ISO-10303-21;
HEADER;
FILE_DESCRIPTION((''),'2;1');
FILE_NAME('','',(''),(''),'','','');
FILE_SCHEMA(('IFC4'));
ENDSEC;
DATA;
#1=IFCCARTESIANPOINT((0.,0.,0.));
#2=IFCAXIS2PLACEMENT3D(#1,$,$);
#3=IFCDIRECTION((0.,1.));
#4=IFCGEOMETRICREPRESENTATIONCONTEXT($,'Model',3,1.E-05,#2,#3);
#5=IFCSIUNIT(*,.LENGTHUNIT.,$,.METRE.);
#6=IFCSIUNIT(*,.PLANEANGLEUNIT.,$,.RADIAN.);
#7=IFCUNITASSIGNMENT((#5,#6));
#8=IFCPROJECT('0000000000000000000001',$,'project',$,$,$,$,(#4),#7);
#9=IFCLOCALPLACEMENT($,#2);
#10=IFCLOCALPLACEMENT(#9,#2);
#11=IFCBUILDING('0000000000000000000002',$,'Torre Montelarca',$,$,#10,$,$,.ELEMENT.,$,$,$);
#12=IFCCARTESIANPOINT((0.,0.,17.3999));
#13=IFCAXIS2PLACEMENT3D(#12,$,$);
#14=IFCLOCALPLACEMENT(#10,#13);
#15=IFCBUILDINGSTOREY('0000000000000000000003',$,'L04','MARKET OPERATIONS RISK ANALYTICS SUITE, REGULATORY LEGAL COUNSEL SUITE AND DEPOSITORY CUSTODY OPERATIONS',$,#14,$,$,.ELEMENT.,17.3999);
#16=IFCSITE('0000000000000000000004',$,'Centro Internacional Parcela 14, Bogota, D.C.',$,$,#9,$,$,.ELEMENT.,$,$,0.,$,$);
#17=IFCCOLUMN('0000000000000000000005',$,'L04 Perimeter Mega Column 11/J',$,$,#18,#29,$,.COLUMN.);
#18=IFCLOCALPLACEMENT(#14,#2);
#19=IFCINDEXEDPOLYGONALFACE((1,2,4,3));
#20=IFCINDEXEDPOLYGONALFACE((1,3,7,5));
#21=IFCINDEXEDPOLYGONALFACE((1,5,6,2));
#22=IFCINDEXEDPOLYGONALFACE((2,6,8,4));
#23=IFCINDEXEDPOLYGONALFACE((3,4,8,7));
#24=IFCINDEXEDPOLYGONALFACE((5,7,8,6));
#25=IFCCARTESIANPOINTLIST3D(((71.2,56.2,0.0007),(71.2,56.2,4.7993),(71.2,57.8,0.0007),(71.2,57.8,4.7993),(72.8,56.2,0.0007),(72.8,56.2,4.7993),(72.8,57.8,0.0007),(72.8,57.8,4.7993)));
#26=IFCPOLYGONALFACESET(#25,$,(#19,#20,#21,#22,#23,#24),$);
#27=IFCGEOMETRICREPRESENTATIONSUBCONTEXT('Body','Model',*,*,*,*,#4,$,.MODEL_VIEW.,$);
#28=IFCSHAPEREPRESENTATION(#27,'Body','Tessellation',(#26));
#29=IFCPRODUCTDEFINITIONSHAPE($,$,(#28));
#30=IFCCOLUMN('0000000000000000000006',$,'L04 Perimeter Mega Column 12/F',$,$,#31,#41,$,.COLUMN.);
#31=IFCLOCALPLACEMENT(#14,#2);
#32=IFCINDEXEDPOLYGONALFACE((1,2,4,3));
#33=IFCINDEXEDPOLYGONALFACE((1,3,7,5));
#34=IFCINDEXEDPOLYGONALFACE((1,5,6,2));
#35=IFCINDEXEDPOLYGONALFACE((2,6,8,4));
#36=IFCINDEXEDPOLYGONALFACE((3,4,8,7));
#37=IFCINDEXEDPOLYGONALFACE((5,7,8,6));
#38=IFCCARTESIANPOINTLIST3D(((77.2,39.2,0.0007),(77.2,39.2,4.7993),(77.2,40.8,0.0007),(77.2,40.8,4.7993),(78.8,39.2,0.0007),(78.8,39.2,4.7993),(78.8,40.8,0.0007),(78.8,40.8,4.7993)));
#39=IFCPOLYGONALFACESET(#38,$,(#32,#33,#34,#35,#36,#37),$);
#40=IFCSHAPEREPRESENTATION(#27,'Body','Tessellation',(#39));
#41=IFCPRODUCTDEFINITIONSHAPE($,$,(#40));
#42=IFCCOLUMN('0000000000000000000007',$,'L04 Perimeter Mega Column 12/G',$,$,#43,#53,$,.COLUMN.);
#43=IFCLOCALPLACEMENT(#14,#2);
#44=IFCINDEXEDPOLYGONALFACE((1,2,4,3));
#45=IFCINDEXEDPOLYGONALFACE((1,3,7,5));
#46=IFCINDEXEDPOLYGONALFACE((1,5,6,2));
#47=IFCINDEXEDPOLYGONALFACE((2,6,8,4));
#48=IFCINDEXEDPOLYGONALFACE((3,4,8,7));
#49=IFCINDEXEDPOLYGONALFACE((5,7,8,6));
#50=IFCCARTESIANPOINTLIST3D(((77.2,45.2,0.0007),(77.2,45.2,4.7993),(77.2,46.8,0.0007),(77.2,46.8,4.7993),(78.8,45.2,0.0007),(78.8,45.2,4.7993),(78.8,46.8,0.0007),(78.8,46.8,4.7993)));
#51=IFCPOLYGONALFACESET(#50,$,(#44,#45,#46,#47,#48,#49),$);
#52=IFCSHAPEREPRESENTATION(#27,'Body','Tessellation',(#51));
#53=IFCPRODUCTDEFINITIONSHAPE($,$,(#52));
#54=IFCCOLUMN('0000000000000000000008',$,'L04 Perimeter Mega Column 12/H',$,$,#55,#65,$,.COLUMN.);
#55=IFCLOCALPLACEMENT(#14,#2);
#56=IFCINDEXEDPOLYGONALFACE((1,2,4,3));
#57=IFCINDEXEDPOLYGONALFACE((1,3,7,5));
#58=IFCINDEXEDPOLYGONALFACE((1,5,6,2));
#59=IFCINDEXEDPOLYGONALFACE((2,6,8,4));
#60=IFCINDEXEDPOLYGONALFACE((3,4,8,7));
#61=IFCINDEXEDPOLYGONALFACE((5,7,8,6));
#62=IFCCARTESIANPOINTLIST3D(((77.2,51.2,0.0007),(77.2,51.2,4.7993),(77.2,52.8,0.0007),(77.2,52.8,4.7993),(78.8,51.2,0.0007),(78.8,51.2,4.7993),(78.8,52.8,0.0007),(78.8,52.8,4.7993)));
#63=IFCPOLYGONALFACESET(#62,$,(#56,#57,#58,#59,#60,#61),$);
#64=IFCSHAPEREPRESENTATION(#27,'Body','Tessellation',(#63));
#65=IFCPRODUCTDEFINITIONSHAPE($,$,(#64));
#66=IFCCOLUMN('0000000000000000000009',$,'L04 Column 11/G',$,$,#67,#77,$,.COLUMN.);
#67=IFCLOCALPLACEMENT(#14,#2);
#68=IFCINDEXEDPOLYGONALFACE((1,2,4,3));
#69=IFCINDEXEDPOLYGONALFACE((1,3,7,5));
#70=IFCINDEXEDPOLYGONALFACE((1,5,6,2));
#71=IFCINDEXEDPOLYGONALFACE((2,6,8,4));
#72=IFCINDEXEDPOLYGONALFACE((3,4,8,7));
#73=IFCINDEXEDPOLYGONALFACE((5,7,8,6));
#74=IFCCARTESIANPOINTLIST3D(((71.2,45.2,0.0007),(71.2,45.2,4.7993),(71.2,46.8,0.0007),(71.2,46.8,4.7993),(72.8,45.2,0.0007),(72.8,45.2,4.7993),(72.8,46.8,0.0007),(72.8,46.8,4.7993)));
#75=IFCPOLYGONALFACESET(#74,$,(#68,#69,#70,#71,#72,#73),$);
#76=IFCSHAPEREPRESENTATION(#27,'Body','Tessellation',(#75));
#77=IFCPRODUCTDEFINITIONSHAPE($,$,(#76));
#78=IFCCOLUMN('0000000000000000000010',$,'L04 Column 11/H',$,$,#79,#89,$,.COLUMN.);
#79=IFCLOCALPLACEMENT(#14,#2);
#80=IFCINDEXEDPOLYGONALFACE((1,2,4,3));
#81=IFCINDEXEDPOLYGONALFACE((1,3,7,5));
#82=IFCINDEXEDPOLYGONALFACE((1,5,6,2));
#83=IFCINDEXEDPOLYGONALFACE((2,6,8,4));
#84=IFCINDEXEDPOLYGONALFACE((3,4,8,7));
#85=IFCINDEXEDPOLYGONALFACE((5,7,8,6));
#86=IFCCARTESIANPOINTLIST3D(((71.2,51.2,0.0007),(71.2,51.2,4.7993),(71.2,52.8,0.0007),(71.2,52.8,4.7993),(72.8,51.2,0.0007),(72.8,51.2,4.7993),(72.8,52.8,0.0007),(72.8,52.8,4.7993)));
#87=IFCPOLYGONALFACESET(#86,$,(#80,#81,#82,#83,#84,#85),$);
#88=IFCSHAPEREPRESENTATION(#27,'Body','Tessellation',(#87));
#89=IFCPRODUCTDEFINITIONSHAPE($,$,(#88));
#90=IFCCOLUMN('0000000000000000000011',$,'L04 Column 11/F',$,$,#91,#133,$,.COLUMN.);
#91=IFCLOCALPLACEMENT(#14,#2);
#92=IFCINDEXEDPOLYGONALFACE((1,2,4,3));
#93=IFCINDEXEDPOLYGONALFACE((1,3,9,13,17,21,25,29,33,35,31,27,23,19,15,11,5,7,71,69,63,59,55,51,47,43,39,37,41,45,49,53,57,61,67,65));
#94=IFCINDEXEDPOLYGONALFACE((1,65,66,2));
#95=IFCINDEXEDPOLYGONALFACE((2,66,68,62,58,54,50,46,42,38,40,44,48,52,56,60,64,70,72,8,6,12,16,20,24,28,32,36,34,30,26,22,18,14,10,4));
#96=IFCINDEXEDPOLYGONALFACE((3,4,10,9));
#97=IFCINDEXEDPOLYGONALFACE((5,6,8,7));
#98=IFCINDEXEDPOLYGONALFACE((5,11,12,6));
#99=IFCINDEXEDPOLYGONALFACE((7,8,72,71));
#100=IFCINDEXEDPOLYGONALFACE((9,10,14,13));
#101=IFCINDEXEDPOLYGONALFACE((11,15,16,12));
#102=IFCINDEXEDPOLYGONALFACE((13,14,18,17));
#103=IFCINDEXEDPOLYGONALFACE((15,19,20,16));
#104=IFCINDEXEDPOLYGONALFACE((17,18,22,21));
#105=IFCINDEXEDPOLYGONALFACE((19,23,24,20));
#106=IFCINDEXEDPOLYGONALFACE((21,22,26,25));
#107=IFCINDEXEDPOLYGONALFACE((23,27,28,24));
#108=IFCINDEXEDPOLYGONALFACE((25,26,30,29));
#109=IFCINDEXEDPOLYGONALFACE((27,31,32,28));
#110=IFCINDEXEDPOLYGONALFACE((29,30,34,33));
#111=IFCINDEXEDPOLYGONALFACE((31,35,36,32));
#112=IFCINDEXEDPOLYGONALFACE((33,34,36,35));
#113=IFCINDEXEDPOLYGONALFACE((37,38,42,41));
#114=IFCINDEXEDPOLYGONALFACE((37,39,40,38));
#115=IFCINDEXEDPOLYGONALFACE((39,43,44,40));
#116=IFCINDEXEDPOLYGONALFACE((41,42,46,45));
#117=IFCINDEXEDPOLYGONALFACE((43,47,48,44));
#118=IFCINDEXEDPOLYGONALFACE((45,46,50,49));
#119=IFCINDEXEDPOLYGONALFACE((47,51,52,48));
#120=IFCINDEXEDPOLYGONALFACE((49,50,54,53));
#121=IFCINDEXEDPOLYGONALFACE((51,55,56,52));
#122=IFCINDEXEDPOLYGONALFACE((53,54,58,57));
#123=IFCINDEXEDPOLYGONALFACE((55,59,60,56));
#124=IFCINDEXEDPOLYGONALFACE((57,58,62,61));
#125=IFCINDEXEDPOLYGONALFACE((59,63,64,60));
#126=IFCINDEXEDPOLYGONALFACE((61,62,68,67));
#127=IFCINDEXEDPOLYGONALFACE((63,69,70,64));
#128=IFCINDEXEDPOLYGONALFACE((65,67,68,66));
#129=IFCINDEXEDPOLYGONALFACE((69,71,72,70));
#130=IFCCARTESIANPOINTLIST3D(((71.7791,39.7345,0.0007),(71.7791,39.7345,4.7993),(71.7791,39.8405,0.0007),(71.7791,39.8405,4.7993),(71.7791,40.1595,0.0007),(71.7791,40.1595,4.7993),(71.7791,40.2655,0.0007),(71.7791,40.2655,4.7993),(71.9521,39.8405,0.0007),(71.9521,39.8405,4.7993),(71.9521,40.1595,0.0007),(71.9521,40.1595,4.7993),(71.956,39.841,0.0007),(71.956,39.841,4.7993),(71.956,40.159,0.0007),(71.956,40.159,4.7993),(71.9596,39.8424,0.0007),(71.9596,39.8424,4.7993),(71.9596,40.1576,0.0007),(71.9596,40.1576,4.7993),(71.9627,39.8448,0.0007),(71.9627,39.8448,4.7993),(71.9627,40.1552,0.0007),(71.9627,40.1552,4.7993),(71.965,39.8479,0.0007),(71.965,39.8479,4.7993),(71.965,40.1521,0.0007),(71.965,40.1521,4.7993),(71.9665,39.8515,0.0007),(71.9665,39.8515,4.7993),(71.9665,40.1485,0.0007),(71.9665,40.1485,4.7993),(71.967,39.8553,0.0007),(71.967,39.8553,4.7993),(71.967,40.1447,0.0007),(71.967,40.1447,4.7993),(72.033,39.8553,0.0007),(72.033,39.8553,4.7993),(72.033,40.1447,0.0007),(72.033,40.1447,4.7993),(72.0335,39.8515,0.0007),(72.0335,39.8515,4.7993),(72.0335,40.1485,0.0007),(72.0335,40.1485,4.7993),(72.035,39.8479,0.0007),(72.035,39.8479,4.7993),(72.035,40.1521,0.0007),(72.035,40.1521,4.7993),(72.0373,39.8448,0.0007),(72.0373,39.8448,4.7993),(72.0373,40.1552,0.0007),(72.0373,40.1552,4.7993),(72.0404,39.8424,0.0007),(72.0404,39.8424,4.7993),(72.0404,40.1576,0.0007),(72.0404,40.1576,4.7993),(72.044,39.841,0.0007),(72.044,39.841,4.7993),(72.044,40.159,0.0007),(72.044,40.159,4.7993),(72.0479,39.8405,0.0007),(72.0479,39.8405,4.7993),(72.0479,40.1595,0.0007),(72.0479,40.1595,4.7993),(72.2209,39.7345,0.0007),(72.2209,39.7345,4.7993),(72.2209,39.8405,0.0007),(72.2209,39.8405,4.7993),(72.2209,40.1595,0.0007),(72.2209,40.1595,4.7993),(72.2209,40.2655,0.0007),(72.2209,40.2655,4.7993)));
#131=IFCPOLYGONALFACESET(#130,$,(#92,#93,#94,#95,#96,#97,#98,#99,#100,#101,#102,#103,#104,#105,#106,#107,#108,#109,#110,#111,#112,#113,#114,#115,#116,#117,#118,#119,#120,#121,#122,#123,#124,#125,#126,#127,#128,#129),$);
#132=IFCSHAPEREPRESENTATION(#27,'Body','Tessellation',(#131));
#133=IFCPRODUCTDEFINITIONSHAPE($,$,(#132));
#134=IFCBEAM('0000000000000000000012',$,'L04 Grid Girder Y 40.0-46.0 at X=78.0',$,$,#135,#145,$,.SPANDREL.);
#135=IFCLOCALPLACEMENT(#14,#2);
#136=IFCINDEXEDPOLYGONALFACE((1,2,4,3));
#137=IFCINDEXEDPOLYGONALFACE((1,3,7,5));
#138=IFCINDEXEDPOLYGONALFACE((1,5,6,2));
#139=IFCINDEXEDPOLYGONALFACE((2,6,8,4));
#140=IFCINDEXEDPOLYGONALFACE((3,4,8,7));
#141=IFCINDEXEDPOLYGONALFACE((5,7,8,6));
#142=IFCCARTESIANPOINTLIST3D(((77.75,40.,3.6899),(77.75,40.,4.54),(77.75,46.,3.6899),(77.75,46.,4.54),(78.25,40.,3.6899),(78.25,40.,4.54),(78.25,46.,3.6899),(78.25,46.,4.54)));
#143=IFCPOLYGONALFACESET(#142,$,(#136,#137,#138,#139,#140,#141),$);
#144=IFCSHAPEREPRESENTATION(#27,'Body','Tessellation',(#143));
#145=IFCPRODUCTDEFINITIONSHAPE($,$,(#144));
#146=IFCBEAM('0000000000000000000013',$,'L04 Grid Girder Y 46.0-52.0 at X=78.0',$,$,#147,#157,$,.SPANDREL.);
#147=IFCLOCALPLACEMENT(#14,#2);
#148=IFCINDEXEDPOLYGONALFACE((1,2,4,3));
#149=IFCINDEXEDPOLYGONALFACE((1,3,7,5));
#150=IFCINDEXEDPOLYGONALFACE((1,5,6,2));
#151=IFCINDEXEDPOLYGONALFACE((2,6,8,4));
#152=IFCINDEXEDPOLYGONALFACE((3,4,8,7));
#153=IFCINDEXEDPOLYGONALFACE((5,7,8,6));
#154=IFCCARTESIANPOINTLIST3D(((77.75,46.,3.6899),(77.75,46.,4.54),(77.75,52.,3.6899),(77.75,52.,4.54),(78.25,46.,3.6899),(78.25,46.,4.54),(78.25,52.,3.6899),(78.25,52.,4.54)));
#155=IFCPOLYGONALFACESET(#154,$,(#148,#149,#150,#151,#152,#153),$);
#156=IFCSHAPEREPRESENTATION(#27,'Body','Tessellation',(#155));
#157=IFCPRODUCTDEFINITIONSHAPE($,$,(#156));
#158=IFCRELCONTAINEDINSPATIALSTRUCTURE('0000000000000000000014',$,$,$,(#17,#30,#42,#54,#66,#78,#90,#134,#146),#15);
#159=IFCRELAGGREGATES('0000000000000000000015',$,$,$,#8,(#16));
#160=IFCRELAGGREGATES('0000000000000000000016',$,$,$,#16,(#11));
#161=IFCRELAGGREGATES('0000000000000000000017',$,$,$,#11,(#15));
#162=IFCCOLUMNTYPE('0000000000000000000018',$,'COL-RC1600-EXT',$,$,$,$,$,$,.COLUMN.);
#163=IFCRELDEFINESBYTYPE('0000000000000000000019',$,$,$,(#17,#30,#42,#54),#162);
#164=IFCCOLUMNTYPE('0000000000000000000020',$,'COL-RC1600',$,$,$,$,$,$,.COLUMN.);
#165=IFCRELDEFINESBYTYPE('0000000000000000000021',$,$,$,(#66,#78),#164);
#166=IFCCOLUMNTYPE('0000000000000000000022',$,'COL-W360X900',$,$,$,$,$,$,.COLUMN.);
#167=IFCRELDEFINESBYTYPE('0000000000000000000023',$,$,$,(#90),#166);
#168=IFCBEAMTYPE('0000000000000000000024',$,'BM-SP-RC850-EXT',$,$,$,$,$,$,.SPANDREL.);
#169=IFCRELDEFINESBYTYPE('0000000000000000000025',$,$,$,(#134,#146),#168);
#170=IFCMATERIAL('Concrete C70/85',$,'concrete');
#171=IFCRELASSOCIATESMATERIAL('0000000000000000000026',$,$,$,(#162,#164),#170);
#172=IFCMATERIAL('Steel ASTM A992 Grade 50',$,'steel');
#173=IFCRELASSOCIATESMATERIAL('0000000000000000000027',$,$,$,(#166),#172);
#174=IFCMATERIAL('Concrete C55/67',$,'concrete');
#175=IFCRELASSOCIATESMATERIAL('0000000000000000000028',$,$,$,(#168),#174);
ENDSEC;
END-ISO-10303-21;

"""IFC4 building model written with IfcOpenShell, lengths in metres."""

from ifc_helpers import new_model, si_unit, direction, frame, origin, origin_2d, place, context, subcontext, project, spatial, rectangle, i_section, extrude, source, transform, mapped, material, material_profile, profile_set, type_object, element, save


model = new_model("IFC4")

# Units and contexts
model_context = context("Model", 3, precision=1e-05, world=origin(), true_north=direction((0.0, 1.0)))
body_context = subcontext(model_context, "Body", "Model", "MODEL_VIEW")
ifc_project = project(units=[si_unit("LENGTHUNIT", "METRE"), si_unit("PLANEANGLEUNIT", "RADIAN")], contexts=[model_context])

# Site, building, storey
site_placement = place(None, origin())
site = spatial("IfcSite", under=ifc_project, at=site_placement, Name="Centro Internacional Parcela 14, Bogota, D.C.", CompositionType="ELEMENT", RefElevation=0.0)
building_placement = place(site_placement, origin())
building = spatial("IfcBuilding", under=site, at=building_placement, Name="Torre Montelarca", CompositionType="ELEMENT")
storey_placement = place(building_placement, frame((0.0, 0.0, 17.3999)))
storey = spatial("IfcBuildingStorey", under=building, at=storey_placement, Name="L04", Description="MARKET OPERATIONS RISK ANALYTICS SUITE, REGULATORY LEGAL COUNSEL SUITE AND DEPOSITORY CUSTODY OPERATIONS", CompositionType="ELEMENT", Elevation=17.3999)

# Columns
ifc_material_1 = material(Name="Concrete C70/85", Category="concrete")
ifc_material_profile_1 = material_profile(ifc_material_1, rectangle(XDim=1.6001, YDim=1.6001, at=origin_2d()), Name="RC1600X1600", Category="concrete")
ifc_profile_set_1 = profile_set([ifc_material_profile_1], Name="Concrete C70/85")
column_type_1 = type_object("IfcColumnType", Name="COL-RC1600-EXT", PredefinedType="COLUMN", material=ifc_profile_set_1)
shared_shape_1 = source(origin(), body_context, "Body", "SweptSolid", [
    extrude(rectangle(XDim=1.6001, YDim=1.6001, at=origin_2d()), origin(), (0.0, 0.0, 1.0), 4.7986),
])
for number, where, z_axis, x_axis, name in (
    (1, (72.0, 57.0, 0.0007), (0.0, 0.0, 1.0), (1.0, 0.0, 0.0), "L04 Perimeter Mega Column 11/J"),
    (2, (78.0, 40.0, 0.0007), (0.0, 0.0, 1.0), (1.0, 0.0, 0.0), "L04 Perimeter Mega Column 12/F"),
    (3, (78.0, 46.0, 0.0007), (0.0, 0.0, 1.0), (1.0, 0.0, 0.0), "L04 Perimeter Mega Column 12/G"),
    (4, (78.0, 52.0, 0.0007), (0.0, 0.0, 1.0), (1.0, 0.0, 0.0), "L04 Perimeter Mega Column 12/H"),
):
    element("IfcColumn", number, at=place(storey_placement, frame(where, z_axis=z_axis, x_axis=x_axis)), inside=storey, type_object=column_type_1, Name=name, PredefinedType="COLUMN", context=body_context, shape_type="MappedRepresentation", body=[
        mapped(shared_shape_1, transform((0.0, 0.0, 0.0), scale=1.0)),
    ])
ifc_material_profile_2 = material_profile(ifc_material_1, rectangle(XDim=1.6001, YDim=1.6001, at=origin_2d()), Name="RC1600X1600", Category="concrete")
ifc_profile_set_2 = profile_set([ifc_material_profile_2], Name="Concrete C70/85")
column_type_2 = type_object("IfcColumnType", Name="COL-RC1600", PredefinedType="COLUMN", material=ifc_profile_set_2)
shared_shape_2 = source(origin(), body_context, "Body", "SweptSolid", [
    extrude(rectangle(XDim=1.6001, YDim=1.6001, at=origin_2d()), origin(), (0.0, 0.0, 1.0), 4.7986),
])
for number, where, z_axis, x_axis, name in (
    (5, (72.0, 46.0, 0.0007), (0.0, 0.0, 1.0), (1.0, 0.0, 0.0), "L04 Column 11/G"),
    (6, (72.0, 52.0, 0.0007), (0.0, 0.0, 1.0), (1.0, 0.0, 0.0), "L04 Column 11/H"),
):
    element("IfcColumn", number, at=place(storey_placement, frame(where, z_axis=z_axis, x_axis=x_axis)), inside=storey, type_object=column_type_2, Name=name, PredefinedType="COLUMN", context=body_context, shape_type="MappedRepresentation", body=[
        mapped(shared_shape_2, transform((0.0, 0.0, 0.0), scale=1.0)),
    ])
ifc_material_2 = material(Name="Steel ASTM A992 Grade 50", Category="steel")
ifc_material_profile_3 = material_profile(ifc_material_2, i_section(OverallWidth=0.4419, OverallDepth=0.531, WebThickness=0.0659, FlangeThickness=0.106, FilletRadius=0.0149, at=origin_2d()), Name="W360X900", Category="steel")
ifc_profile_set_3 = profile_set([ifc_material_profile_3], Name="Steel ASTM A992 Grade 50")
column_type_3 = type_object("IfcColumnType", Name="COL-W360X900", PredefinedType="COLUMN", material=ifc_profile_set_3)
shared_shape_3 = source(origin(), body_context, "Body", "SweptSolid", [
    extrude(i_section(OverallWidth=0.4419, OverallDepth=0.531, WebThickness=0.0659, FlangeThickness=0.106, FilletRadius=0.0149, at=origin_2d()), origin(), (0.0, 0.0, 1.0), 4.7986),
])
column_placement = place(storey_placement, frame((72.0, 40.0, 0.0007), z_axis=(0.0, 0.0, 1.0), x_axis=(1.0, 0.0, 0.0)))
element("IfcColumn", 7, at=column_placement, inside=storey, type_object=column_type_3, Name="L04 Column 11/F", PredefinedType="COLUMN", context=body_context, shape_type="MappedRepresentation", body=[
    mapped(shared_shape_3, transform((0.0, 0.0, 0.0), scale=1.0)),
])

# Beams
ifc_material_3 = material(Name="Concrete C55/67", Category="concrete")
ifc_material_profile_4 = material_profile(ifc_material_3, rectangle(XDim=0.5, YDim=0.8501, at=origin_2d()), Name="RCB500X850", Category="concrete")
ifc_profile_set_4 = profile_set([ifc_material_profile_4], Name="Concrete C55/67")
beam_type_1 = type_object("IfcBeamType", Name="BM-SP-RC850-EXT", PredefinedType="SPANDREL", material=ifc_profile_set_4)
shared_shape_4 = source(origin(), body_context, "Body", "SweptSolid", [
    extrude(rectangle(XDim=0.5, YDim=0.8501, at=origin_2d()), origin(), (0.0, 0.0, 1.0), 6.0),
])
for number, where, z_axis, x_axis, name in (
    (8, (78.0, 40.0, 4.115), (0.0, 1.0, 0.0), (-1.0, 0.0, 0.0), "L04 Grid Girder Y 40.0-46.0 at X=78.0"),
    (9, (78.0, 46.0, 4.115), (0.0, 1.0, 0.0), (-1.0, 0.0, 0.0), "L04 Grid Girder Y 46.0-52.0 at X=78.0"),
):
    element("IfcBeam", number, at=place(storey_placement, frame(where, z_axis=z_axis, x_axis=x_axis)), inside=storey, type_object=beam_type_1, Name=name, PredefinedType="SPANDREL", context=body_context, shape_type="MappedRepresentation", body=[
        mapped(shared_shape_4, transform((0.0, 0.0, 0.0), scale=1.0)),
    ])

save(model, "model.ifc")
